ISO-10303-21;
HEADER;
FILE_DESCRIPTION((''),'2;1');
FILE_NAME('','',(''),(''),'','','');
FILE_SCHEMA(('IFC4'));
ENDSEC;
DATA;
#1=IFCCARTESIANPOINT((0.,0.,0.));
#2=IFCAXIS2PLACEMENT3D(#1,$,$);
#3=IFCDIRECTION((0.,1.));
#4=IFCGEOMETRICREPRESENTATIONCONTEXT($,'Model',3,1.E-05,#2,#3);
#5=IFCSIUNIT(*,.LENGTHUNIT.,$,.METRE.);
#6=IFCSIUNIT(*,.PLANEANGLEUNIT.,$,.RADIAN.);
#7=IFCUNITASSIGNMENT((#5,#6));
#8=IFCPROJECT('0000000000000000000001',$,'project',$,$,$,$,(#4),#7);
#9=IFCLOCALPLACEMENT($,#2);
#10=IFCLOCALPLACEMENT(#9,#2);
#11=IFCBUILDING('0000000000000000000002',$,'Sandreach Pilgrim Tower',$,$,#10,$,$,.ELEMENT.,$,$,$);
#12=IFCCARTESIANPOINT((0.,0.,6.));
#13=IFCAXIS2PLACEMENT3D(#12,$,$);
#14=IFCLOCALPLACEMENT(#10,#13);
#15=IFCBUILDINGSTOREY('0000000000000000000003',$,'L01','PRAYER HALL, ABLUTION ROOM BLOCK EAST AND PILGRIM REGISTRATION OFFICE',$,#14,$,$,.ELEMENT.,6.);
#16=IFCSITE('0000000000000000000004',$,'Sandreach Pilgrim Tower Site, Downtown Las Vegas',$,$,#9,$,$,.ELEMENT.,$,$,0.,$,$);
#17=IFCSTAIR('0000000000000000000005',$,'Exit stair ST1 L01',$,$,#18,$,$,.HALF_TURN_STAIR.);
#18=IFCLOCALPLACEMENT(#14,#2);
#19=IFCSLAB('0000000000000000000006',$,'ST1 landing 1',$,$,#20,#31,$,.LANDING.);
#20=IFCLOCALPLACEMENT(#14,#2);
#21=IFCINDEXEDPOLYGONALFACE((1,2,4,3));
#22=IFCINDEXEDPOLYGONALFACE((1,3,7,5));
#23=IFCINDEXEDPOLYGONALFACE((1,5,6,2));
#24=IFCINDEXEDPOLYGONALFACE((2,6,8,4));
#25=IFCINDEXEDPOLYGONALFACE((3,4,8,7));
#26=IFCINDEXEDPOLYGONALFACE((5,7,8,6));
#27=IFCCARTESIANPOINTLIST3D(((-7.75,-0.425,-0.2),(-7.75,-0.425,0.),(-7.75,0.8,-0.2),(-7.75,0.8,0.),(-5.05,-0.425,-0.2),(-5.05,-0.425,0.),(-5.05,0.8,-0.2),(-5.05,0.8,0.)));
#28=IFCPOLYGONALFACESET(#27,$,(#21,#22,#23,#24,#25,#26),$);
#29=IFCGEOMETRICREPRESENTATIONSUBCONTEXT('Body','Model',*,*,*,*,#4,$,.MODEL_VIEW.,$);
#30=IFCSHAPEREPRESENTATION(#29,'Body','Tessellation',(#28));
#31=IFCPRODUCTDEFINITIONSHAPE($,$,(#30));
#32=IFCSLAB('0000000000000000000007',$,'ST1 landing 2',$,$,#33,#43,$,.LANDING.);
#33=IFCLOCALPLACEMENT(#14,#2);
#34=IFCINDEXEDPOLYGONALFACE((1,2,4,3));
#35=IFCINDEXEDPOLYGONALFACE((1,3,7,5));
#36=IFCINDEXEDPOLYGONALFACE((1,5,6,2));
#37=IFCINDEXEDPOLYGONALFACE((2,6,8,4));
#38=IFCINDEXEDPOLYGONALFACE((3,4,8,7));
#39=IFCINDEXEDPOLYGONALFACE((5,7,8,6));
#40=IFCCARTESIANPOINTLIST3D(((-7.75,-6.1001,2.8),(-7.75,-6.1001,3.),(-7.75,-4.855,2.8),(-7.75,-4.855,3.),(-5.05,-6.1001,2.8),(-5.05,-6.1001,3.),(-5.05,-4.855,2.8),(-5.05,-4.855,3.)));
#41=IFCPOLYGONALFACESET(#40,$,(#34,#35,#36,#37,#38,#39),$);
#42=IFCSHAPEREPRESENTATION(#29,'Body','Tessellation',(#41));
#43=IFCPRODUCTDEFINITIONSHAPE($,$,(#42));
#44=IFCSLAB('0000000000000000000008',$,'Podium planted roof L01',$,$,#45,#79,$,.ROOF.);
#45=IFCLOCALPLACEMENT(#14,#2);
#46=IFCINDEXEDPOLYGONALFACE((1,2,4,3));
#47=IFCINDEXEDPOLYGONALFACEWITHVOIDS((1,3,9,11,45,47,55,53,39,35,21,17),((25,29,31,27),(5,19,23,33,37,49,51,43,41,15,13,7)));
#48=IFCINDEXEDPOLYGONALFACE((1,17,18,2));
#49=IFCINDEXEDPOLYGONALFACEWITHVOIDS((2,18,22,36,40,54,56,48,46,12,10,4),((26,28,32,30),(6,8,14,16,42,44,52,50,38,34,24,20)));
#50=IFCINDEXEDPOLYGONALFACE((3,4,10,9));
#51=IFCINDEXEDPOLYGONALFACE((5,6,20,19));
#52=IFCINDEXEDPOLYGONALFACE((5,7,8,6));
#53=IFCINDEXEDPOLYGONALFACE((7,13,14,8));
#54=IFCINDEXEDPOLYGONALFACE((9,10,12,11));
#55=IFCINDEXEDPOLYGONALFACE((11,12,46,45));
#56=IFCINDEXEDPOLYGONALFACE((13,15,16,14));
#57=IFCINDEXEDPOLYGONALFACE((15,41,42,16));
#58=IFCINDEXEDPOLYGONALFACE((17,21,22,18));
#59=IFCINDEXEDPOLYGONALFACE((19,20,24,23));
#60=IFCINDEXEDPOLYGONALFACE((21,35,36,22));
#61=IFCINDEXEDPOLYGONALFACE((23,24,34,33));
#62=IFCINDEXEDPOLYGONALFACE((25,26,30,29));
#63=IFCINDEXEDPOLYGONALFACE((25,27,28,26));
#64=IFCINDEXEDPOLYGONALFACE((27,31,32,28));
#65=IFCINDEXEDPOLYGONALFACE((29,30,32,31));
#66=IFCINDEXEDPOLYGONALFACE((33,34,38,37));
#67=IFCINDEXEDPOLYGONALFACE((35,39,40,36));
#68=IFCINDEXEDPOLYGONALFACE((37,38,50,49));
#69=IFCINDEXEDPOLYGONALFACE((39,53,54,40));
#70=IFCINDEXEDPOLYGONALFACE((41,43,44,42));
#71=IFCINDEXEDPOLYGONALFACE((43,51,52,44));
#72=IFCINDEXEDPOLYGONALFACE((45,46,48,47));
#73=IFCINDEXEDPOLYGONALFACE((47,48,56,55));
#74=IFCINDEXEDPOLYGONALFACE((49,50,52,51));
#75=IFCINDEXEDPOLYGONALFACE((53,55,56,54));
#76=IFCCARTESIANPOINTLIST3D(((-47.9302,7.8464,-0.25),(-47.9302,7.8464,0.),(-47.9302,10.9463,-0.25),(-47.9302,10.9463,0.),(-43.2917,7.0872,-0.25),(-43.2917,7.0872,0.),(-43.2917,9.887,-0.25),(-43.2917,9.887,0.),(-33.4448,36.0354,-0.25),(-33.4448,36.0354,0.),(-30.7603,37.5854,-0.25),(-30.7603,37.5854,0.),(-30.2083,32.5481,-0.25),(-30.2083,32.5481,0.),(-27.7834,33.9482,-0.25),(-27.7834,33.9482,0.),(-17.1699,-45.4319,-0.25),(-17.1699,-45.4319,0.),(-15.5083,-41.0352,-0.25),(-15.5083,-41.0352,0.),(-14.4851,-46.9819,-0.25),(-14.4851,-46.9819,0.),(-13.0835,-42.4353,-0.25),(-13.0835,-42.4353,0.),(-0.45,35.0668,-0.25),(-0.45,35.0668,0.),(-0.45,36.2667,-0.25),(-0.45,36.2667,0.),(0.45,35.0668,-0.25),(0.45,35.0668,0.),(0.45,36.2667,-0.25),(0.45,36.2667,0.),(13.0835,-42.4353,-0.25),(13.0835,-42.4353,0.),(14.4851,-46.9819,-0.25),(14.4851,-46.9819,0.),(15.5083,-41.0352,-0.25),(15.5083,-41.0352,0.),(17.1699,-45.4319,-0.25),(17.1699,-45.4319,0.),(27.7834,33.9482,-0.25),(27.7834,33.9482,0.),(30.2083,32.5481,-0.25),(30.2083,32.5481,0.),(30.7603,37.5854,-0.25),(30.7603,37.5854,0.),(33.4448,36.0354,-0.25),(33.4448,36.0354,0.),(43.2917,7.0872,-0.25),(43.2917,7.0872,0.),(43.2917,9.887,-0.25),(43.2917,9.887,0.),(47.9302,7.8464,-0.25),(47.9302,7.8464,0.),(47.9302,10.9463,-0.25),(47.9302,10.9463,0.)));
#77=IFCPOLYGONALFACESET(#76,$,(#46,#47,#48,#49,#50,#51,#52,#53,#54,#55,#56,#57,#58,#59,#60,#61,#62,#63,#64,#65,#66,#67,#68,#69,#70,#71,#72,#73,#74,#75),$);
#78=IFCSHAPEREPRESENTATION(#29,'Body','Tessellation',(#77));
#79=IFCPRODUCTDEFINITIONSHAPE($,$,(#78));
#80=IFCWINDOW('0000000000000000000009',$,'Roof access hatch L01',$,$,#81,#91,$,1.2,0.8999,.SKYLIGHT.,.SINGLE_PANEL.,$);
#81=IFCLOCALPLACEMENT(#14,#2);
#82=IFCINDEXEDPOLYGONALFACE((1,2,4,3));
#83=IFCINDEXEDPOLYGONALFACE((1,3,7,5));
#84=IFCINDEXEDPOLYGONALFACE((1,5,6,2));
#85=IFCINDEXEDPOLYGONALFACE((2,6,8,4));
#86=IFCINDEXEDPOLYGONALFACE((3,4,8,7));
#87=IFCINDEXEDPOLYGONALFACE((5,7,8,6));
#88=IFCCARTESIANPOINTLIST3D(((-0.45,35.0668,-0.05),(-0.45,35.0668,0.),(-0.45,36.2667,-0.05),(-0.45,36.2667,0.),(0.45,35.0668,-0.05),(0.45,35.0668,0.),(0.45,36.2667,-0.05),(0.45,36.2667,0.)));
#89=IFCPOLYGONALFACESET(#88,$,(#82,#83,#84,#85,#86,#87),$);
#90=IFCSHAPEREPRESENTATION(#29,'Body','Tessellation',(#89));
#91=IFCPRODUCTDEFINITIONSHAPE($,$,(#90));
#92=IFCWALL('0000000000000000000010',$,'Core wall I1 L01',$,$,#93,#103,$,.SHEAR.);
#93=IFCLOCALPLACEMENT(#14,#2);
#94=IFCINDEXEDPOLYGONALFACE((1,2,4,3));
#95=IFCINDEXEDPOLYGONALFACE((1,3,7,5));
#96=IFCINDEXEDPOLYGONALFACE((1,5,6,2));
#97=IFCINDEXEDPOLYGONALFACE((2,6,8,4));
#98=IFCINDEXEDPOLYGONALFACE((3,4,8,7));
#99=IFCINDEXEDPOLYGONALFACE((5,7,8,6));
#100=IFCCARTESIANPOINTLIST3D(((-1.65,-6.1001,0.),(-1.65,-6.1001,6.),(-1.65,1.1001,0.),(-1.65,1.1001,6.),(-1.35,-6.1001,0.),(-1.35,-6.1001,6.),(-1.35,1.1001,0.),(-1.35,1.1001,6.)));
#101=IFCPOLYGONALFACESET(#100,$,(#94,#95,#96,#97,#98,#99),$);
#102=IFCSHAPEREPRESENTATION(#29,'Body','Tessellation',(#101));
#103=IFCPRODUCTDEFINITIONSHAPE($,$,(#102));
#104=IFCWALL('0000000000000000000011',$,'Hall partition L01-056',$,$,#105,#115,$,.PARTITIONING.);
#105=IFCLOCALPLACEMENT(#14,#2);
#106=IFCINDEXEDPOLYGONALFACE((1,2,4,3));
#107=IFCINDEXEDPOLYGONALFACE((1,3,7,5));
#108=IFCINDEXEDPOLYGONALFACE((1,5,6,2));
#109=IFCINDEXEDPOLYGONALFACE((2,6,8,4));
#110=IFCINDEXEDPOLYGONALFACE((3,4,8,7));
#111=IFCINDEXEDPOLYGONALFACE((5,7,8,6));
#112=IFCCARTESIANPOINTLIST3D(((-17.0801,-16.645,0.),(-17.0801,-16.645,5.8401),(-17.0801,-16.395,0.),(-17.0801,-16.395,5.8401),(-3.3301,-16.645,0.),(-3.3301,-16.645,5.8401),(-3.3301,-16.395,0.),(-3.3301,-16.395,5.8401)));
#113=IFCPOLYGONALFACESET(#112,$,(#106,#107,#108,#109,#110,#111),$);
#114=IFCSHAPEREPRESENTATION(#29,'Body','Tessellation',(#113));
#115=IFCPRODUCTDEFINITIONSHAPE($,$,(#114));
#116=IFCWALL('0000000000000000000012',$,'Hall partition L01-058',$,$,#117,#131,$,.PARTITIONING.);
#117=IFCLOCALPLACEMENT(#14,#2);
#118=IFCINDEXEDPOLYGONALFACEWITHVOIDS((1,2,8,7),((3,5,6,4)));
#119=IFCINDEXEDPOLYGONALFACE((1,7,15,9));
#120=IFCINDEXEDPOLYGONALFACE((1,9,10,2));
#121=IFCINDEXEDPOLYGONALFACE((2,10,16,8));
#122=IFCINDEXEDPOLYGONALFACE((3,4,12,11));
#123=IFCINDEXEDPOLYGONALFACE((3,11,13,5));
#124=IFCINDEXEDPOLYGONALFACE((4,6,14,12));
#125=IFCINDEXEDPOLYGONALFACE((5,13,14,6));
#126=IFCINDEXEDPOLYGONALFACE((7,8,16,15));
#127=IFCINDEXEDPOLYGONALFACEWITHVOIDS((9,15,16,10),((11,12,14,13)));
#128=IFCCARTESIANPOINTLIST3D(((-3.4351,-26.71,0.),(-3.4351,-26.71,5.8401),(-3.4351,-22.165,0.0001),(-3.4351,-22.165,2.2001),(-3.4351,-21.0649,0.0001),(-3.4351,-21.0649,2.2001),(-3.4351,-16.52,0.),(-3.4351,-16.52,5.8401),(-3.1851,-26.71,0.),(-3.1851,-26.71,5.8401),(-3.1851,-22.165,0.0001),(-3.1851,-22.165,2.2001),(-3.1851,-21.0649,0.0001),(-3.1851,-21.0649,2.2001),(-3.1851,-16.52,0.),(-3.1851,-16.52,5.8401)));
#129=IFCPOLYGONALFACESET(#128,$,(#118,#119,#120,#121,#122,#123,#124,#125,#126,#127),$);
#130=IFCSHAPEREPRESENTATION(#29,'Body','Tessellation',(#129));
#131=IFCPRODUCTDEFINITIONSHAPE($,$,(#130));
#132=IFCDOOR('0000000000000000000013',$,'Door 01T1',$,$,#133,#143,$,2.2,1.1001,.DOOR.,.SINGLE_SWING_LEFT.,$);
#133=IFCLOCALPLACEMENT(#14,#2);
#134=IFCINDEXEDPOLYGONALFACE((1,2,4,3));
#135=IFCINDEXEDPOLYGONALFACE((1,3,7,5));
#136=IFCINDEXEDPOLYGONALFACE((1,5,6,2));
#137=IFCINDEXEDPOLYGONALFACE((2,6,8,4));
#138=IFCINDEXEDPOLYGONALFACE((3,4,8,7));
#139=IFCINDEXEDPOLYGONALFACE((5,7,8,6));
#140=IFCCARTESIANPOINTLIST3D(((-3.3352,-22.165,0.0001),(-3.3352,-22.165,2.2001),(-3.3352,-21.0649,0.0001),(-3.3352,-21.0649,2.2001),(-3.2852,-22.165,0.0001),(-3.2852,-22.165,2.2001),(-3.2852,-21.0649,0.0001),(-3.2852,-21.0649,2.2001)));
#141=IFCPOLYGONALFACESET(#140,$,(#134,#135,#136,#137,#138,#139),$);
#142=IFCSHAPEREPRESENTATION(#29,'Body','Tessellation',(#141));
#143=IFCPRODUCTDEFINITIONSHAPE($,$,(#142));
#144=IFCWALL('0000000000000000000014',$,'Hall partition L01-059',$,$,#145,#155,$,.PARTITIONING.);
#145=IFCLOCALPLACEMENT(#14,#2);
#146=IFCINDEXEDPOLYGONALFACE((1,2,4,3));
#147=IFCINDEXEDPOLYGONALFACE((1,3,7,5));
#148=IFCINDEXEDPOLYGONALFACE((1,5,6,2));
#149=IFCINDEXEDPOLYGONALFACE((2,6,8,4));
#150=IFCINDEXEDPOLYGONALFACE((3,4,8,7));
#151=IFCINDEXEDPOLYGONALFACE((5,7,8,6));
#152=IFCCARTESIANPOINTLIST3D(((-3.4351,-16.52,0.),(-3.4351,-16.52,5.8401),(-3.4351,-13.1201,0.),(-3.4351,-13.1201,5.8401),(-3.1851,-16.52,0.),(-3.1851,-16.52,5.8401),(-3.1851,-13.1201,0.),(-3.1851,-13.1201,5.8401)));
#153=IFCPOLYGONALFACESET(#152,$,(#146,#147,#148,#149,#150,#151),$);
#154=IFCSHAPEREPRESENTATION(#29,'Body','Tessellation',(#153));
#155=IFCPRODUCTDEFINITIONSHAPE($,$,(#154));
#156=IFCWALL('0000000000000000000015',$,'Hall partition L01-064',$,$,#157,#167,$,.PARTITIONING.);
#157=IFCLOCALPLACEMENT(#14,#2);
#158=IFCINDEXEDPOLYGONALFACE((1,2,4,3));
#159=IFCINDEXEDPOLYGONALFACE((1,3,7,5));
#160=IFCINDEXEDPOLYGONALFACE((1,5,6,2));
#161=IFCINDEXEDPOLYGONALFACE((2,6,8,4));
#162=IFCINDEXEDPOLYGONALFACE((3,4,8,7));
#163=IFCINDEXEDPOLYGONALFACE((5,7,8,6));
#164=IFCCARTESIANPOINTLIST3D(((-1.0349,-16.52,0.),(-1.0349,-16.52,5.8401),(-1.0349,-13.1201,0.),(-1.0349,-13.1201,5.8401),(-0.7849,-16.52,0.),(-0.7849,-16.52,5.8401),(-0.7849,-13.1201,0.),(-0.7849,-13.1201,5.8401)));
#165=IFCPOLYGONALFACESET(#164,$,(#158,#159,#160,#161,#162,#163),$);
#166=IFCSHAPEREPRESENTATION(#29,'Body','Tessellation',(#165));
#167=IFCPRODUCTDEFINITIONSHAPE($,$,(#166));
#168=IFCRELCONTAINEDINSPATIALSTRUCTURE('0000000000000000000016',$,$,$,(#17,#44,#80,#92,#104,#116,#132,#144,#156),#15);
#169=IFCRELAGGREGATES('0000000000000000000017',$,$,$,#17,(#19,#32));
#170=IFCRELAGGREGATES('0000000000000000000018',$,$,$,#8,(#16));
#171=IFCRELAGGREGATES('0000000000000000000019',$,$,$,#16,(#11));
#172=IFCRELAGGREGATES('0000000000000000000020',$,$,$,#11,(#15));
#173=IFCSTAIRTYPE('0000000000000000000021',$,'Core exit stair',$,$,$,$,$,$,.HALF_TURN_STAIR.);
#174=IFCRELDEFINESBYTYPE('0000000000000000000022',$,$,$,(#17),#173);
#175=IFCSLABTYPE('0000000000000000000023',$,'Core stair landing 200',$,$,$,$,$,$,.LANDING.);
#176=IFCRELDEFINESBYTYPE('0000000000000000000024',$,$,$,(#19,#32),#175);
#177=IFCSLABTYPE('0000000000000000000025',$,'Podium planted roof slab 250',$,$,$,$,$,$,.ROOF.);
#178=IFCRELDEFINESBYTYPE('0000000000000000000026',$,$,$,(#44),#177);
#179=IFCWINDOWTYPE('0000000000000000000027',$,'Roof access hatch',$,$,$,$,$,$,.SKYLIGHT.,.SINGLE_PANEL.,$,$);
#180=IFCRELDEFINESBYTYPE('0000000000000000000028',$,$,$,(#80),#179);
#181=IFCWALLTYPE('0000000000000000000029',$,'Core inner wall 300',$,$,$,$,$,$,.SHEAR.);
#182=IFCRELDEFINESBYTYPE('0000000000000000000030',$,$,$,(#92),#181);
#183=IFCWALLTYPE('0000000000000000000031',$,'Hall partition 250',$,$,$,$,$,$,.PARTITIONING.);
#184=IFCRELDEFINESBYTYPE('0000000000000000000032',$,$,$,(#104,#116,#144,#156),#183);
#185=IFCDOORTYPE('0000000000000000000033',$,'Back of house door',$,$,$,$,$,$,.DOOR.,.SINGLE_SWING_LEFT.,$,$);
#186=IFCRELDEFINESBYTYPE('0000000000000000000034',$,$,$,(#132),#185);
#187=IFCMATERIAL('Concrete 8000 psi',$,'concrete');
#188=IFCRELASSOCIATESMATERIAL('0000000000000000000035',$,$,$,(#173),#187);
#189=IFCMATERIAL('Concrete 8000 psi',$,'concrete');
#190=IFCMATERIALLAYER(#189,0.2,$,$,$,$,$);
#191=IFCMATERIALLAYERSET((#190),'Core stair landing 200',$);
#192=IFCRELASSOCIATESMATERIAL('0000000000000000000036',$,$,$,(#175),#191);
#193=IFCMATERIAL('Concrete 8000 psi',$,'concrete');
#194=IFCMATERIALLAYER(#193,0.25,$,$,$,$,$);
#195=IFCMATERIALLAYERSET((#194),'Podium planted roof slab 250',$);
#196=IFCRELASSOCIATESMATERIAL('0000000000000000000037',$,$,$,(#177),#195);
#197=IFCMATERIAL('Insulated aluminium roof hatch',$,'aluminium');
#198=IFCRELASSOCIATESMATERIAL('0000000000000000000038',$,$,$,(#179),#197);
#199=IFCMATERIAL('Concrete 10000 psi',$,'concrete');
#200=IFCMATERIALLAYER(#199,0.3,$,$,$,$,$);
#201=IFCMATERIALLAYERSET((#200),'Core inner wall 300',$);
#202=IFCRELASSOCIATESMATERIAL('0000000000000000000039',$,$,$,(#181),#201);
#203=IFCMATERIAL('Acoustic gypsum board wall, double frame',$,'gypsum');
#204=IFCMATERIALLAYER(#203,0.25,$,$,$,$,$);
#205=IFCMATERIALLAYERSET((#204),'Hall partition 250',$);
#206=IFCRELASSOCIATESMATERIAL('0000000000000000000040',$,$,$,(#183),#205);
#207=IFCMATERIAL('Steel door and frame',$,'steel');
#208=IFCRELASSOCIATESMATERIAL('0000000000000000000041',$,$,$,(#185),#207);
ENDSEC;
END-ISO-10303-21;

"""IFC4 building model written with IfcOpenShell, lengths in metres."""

from ifc_helpers import new_model, si_unit, direction, frame, frame_2d, origin, origin_2d, place, context, subcontext, project, spatial, polyline, rectangle, outline, extrude, material, layer, layer_set, type_object, element, fill, aggregate, save


model = new_model("IFC4")

# Units and contexts
model_context = context("Model", 3, precision=1e-05, world=origin(), true_north=direction((0.0, 1.0)))
body_context = subcontext(model_context, "Body", "Model", "MODEL_VIEW")
ifc_project = project(units=[si_unit("LENGTHUNIT", "METRE"), si_unit("PLANEANGLEUNIT", "RADIAN")], contexts=[model_context])

# Site, building, storey
site_placement = place(None, origin())
site = spatial("IfcSite", under=ifc_project, at=site_placement, Name="Sandreach Pilgrim Tower Site, Downtown Las Vegas", CompositionType="ELEMENT", RefElevation=0.0)
building_placement = place(site_placement, origin())
building = spatial("IfcBuilding", under=site, at=building_placement, Name="Sandreach Pilgrim Tower", CompositionType="ELEMENT")
storey_placement = place(building_placement, frame((0.0, 0.0, 6.0)))
storey = spatial("IfcBuildingStorey", under=building, at=storey_placement, Name="L01", Description="PRAYER HALL, ABLUTION ROOM BLOCK EAST AND PILGRIM REGISTRATION OFFICE", CompositionType="ELEMENT", Elevation=6.0)

# Stair, slabs
ifc_material_1 = material(Name="Concrete 8000 psi", Category="concrete")
stair_type = type_object("IfcStairType", Name="Core exit stair", PredefinedType="HALF_TURN_STAIR", material=ifc_material_1)
stair_1_placement = place(storey_placement, origin())
stair_1 = element("IfcStair", 1, at=stair_1_placement, inside=storey, type_object=stair_type, Name="Exit stair ST1 L01", PredefinedType="HALF_TURN_STAIR")
ifc_material_2 = material(Name="Concrete 8000 psi", Category="concrete")
ifc_layer_1 = layer(ifc_material_2, 0.2)
ifc_layer_set_1 = layer_set([ifc_layer_1], Name="Core stair landing 200")
slab_type_1 = type_object("IfcSlabType", Name="Core stair landing 200", PredefinedType="LANDING", material=ifc_layer_set_1)
slab_1_placement = place(storey_placement, frame((0.0, 0.0, -0.2)))
slab_1 = element("IfcSlab", 2, at=slab_1_placement, type_object=slab_type_1, Name="ST1 landing 1", PredefinedType="LANDING", context=body_context, shape_type="SweptSolid", body=[
    extrude(outline(polyline([(-7.75, -0.425), (-5.05, -0.425), (-5.05, 0.8), (-7.75, 0.8), (-7.75, -0.425)])), origin(), (0.0, 0.0, 1.0), 0.2),
])
slab_2_placement = place(storey_placement, frame((0.0, 0.0, 2.8)))
slab_2 = element("IfcSlab", 3, at=slab_2_placement, type_object=slab_type_1, Name="ST1 landing 2", PredefinedType="LANDING", context=body_context, shape_type="SweptSolid", body=[
    extrude(outline(polyline([(-7.75, -6.1001), (-5.05, -6.1001), (-5.05, -4.855), (-7.75, -4.855), (-7.75, -6.1001)])), origin(), (0.0, 0.0, 1.0), 0.2),
])
aggregate(stair_1, [slab_1, slab_2])

# Slab, opening, window
ifc_material_3 = material(Name="Concrete 8000 psi", Category="concrete")
ifc_layer_2 = layer(ifc_material_3, 0.25)
ifc_layer_set_2 = layer_set([ifc_layer_2], Name="Podium planted roof slab 250")
slab_type_2 = type_object("IfcSlabType", Name="Podium planted roof slab 250", PredefinedType="ROOF", material=ifc_layer_set_2)
slab_3_placement = place(storey_placement, frame((0.0, 0.0, -0.25)))
slab_3 = element("IfcSlab", 4, at=slab_3_placement, inside=storey, type_object=slab_type_2, Name="Podium planted roof L01", PredefinedType="ROOF", context=body_context, shape_type="SweptSolid", body=[
    extrude(outline(polyline([(-30.7603, 37.5854), (-33.4448, 36.0354), (-47.9302, 10.9463), (-47.9302, 7.8464), (-17.1699, -45.4319), (-14.4851, -46.9819), (14.4851, -46.9819), (17.1699, -45.4319), (47.9302, 7.8464), (47.9302, 10.9463), (33.4448, 36.0354), (30.7603, 37.5854), (-30.7603, 37.5854)]), holes=[polyline([(-27.7834, 33.9482), (-30.2083, 32.5481), (-43.2917, 9.887), (-43.2917, 7.0872), (-15.5083, -41.0352), (-13.0835, -42.4353), (13.0835, -42.4353), (15.5083, -41.0352), (43.2917, 7.0872), (43.2917, 9.887), (30.2083, 32.5481), (27.7834, 33.9482), (-27.7834, 33.9482)])]), origin(), (0.0, 0.0, 1.0), 0.25),
])
opening_1_placement = place(slab_3_placement, frame((0.0, 35.6667, 0.0)))
opening_1 = element("IfcOpeningElement", 5, at=opening_1_placement, cuts=slab_3, PredefinedType="OPENING", context=body_context, shape_type="SweptSolid", body=[
    extrude(rectangle(XDim=0.8999, YDim=1.2, at=origin_2d()), origin(), (0.0, 0.0, 1.0), 0.25),
])
ifc_material_4 = material(Name="Insulated aluminium roof hatch", Category="aluminium")
window_type = type_object("IfcWindowType", Name="Roof access hatch", PartitioningType="SINGLE_PANEL", PredefinedType="SKYLIGHT", material=ifc_material_4)
window_placement = place(opening_1_placement, frame((0.0, 0.0, 0.2)))
window = element("IfcWindow", 6, at=window_placement, inside=storey, type_object=window_type, Name="Roof access hatch L01", OverallHeight=1.2, OverallWidth=0.8999, PartitioningType="SINGLE_PANEL", PredefinedType="SKYLIGHT", context=body_context, shape_type="SweptSolid", body=[
    extrude(rectangle(XDim=0.8999, YDim=1.2, at=origin_2d()), origin(), (0.0, 0.0, 1.0), 0.05),
])
fill(opening_1, window)

# Walls
ifc_material_5 = material(Name="Concrete 10000 psi", Category="concrete")
ifc_layer_3 = layer(ifc_material_5, 0.3)
ifc_layer_set_3 = layer_set([ifc_layer_3], Name="Core inner wall 300")
wall_type_1 = type_object("IfcWallType", Name="Core inner wall 300", PredefinedType="SHEAR", material=ifc_layer_set_3)
wall_1_placement = place(storey_placement, frame((-1.5, -6.1001, 0.0), z_axis=(0.0, 0.0, 1.0), x_axis=(0.0, 1.0, 0.0)))
element("IfcWall", 7, at=wall_1_placement, inside=storey, type_object=wall_type_1, Name="Core wall I1 L01", PredefinedType="SHEAR", context=body_context, shape_type="SweptSolid", body=[
    extrude(rectangle(XDim=7.2002, YDim=0.3, at=frame_2d((3.6001, 0.0))), origin(), (0.0, 0.0, 1.0), 6.0),
])
ifc_material_6 = material(Name="Acoustic gypsum board wall, double frame", Category="gypsum")
ifc_layer_4 = layer(ifc_material_6, 0.25)
ifc_layer_set_4 = layer_set([ifc_layer_4], Name="Hall partition 250")
wall_type_2 = type_object("IfcWallType", Name="Hall partition 250", PredefinedType="PARTITIONING", material=ifc_layer_set_4)
wall_2_placement = place(storey_placement, frame((-3.3301, -16.52, 0.0), z_axis=(0.0, 0.0, 1.0), x_axis=(-1.0, 0.0, 0.0)))
element("IfcWall", 8, at=wall_2_placement, inside=storey, type_object=wall_type_2, Name="Hall partition L01-056", PredefinedType="PARTITIONING", context=body_context, shape_type="SweptSolid", body=[
    extrude(rectangle(XDim=13.75, YDim=0.25, at=frame_2d((6.875, 0.0))), origin(), (0.0, 0.0, 1.0), 5.8401),
])

# Wall, opening, door
wall_3_placement = place(storey_placement, frame((-3.3101, -16.52, 0.0), z_axis=(0.0, 0.0, 1.0), x_axis=(0.0, -1.0, 0.0)))
wall_3 = element("IfcWall", 9, at=wall_3_placement, inside=storey, type_object=wall_type_2, Name="Hall partition L01-058", PredefinedType="PARTITIONING", context=body_context, shape_type="SweptSolid", body=[
    extrude(rectangle(XDim=10.1899, YDim=0.25, at=frame_2d((5.095, 0.0))), origin(), (0.0, 0.0, 1.0), 5.8401),
])
opening_2_placement = place(wall_3_placement, frame((4.5449, 0.0, 0.0)))
opening_2 = element("IfcOpeningElement", 10, at=opening_2_placement, cuts=wall_3, PredefinedType="OPENING", context=body_context, shape_type="SweptSolid", body=[
    extrude(rectangle(XDim=1.1001, YDim=2.2, at=frame_2d((0.55, 1.1001))), frame((0.0, 0.125, 0.0), z_axis=(0.0, -1.0, 0.0), x_axis=(1.0, 0.0, 0.0)), (0.0, 0.0, 1.0), 0.25),
])
ifc_material_7 = material(Name="Steel door and frame", Category="steel")
door_type_1 = type_object("IfcDoorType", Name="Back of house door", OperationType="SINGLE_SWING_LEFT", PredefinedType="DOOR", material=ifc_material_7)
door_1_placement = place(opening_2_placement, origin())
door_1 = element("IfcDoor", 11, at=door_1_placement, inside=storey, type_object=door_type_1, Name="Door 01T1", OperationType="SINGLE_SWING_LEFT", OverallHeight=2.2, OverallWidth=1.1001, PredefinedType="DOOR", context=body_context, shape_type="SweptSolid", body=[
    extrude(rectangle(XDim=1.1001, YDim=2.2, at=frame_2d((0.55, 1.1001))), frame((0.0, 0.0249, 0.0), z_axis=(0.0, -1.0, 0.0), x_axis=(1.0, 0.0, 0.0)), (0.0, 0.0, 1.0), 0.05),
])
fill(opening_2, door_1)

# Walls
for number, where, z_axis, x_axis, name in (
    (12, (-3.3101, -13.1201, 0.0), (0.0, 0.0, 1.0), (0.0, -1.0, 0.0), "Hall partition L01-059"),
    (13, (-0.9099, -16.52, 0.0), (0.0, 0.0, 1.0), (0.0, 1.0, 0.0), "Hall partition L01-064"),
):
    element("IfcWall", number, at=place(storey_placement, frame(where, z_axis=z_axis, x_axis=x_axis)), inside=storey, type_object=wall_type_2, Name=name, PredefinedType="PARTITIONING", context=body_context, shape_type="SweptSolid", body=[
        extrude(rectangle(XDim=3.3999, YDim=0.25, at=frame_2d((1.7, 0.0))), origin(), (0.0, 0.0, 1.0), 5.8401),
    ])

save(model, "model.ifc")
